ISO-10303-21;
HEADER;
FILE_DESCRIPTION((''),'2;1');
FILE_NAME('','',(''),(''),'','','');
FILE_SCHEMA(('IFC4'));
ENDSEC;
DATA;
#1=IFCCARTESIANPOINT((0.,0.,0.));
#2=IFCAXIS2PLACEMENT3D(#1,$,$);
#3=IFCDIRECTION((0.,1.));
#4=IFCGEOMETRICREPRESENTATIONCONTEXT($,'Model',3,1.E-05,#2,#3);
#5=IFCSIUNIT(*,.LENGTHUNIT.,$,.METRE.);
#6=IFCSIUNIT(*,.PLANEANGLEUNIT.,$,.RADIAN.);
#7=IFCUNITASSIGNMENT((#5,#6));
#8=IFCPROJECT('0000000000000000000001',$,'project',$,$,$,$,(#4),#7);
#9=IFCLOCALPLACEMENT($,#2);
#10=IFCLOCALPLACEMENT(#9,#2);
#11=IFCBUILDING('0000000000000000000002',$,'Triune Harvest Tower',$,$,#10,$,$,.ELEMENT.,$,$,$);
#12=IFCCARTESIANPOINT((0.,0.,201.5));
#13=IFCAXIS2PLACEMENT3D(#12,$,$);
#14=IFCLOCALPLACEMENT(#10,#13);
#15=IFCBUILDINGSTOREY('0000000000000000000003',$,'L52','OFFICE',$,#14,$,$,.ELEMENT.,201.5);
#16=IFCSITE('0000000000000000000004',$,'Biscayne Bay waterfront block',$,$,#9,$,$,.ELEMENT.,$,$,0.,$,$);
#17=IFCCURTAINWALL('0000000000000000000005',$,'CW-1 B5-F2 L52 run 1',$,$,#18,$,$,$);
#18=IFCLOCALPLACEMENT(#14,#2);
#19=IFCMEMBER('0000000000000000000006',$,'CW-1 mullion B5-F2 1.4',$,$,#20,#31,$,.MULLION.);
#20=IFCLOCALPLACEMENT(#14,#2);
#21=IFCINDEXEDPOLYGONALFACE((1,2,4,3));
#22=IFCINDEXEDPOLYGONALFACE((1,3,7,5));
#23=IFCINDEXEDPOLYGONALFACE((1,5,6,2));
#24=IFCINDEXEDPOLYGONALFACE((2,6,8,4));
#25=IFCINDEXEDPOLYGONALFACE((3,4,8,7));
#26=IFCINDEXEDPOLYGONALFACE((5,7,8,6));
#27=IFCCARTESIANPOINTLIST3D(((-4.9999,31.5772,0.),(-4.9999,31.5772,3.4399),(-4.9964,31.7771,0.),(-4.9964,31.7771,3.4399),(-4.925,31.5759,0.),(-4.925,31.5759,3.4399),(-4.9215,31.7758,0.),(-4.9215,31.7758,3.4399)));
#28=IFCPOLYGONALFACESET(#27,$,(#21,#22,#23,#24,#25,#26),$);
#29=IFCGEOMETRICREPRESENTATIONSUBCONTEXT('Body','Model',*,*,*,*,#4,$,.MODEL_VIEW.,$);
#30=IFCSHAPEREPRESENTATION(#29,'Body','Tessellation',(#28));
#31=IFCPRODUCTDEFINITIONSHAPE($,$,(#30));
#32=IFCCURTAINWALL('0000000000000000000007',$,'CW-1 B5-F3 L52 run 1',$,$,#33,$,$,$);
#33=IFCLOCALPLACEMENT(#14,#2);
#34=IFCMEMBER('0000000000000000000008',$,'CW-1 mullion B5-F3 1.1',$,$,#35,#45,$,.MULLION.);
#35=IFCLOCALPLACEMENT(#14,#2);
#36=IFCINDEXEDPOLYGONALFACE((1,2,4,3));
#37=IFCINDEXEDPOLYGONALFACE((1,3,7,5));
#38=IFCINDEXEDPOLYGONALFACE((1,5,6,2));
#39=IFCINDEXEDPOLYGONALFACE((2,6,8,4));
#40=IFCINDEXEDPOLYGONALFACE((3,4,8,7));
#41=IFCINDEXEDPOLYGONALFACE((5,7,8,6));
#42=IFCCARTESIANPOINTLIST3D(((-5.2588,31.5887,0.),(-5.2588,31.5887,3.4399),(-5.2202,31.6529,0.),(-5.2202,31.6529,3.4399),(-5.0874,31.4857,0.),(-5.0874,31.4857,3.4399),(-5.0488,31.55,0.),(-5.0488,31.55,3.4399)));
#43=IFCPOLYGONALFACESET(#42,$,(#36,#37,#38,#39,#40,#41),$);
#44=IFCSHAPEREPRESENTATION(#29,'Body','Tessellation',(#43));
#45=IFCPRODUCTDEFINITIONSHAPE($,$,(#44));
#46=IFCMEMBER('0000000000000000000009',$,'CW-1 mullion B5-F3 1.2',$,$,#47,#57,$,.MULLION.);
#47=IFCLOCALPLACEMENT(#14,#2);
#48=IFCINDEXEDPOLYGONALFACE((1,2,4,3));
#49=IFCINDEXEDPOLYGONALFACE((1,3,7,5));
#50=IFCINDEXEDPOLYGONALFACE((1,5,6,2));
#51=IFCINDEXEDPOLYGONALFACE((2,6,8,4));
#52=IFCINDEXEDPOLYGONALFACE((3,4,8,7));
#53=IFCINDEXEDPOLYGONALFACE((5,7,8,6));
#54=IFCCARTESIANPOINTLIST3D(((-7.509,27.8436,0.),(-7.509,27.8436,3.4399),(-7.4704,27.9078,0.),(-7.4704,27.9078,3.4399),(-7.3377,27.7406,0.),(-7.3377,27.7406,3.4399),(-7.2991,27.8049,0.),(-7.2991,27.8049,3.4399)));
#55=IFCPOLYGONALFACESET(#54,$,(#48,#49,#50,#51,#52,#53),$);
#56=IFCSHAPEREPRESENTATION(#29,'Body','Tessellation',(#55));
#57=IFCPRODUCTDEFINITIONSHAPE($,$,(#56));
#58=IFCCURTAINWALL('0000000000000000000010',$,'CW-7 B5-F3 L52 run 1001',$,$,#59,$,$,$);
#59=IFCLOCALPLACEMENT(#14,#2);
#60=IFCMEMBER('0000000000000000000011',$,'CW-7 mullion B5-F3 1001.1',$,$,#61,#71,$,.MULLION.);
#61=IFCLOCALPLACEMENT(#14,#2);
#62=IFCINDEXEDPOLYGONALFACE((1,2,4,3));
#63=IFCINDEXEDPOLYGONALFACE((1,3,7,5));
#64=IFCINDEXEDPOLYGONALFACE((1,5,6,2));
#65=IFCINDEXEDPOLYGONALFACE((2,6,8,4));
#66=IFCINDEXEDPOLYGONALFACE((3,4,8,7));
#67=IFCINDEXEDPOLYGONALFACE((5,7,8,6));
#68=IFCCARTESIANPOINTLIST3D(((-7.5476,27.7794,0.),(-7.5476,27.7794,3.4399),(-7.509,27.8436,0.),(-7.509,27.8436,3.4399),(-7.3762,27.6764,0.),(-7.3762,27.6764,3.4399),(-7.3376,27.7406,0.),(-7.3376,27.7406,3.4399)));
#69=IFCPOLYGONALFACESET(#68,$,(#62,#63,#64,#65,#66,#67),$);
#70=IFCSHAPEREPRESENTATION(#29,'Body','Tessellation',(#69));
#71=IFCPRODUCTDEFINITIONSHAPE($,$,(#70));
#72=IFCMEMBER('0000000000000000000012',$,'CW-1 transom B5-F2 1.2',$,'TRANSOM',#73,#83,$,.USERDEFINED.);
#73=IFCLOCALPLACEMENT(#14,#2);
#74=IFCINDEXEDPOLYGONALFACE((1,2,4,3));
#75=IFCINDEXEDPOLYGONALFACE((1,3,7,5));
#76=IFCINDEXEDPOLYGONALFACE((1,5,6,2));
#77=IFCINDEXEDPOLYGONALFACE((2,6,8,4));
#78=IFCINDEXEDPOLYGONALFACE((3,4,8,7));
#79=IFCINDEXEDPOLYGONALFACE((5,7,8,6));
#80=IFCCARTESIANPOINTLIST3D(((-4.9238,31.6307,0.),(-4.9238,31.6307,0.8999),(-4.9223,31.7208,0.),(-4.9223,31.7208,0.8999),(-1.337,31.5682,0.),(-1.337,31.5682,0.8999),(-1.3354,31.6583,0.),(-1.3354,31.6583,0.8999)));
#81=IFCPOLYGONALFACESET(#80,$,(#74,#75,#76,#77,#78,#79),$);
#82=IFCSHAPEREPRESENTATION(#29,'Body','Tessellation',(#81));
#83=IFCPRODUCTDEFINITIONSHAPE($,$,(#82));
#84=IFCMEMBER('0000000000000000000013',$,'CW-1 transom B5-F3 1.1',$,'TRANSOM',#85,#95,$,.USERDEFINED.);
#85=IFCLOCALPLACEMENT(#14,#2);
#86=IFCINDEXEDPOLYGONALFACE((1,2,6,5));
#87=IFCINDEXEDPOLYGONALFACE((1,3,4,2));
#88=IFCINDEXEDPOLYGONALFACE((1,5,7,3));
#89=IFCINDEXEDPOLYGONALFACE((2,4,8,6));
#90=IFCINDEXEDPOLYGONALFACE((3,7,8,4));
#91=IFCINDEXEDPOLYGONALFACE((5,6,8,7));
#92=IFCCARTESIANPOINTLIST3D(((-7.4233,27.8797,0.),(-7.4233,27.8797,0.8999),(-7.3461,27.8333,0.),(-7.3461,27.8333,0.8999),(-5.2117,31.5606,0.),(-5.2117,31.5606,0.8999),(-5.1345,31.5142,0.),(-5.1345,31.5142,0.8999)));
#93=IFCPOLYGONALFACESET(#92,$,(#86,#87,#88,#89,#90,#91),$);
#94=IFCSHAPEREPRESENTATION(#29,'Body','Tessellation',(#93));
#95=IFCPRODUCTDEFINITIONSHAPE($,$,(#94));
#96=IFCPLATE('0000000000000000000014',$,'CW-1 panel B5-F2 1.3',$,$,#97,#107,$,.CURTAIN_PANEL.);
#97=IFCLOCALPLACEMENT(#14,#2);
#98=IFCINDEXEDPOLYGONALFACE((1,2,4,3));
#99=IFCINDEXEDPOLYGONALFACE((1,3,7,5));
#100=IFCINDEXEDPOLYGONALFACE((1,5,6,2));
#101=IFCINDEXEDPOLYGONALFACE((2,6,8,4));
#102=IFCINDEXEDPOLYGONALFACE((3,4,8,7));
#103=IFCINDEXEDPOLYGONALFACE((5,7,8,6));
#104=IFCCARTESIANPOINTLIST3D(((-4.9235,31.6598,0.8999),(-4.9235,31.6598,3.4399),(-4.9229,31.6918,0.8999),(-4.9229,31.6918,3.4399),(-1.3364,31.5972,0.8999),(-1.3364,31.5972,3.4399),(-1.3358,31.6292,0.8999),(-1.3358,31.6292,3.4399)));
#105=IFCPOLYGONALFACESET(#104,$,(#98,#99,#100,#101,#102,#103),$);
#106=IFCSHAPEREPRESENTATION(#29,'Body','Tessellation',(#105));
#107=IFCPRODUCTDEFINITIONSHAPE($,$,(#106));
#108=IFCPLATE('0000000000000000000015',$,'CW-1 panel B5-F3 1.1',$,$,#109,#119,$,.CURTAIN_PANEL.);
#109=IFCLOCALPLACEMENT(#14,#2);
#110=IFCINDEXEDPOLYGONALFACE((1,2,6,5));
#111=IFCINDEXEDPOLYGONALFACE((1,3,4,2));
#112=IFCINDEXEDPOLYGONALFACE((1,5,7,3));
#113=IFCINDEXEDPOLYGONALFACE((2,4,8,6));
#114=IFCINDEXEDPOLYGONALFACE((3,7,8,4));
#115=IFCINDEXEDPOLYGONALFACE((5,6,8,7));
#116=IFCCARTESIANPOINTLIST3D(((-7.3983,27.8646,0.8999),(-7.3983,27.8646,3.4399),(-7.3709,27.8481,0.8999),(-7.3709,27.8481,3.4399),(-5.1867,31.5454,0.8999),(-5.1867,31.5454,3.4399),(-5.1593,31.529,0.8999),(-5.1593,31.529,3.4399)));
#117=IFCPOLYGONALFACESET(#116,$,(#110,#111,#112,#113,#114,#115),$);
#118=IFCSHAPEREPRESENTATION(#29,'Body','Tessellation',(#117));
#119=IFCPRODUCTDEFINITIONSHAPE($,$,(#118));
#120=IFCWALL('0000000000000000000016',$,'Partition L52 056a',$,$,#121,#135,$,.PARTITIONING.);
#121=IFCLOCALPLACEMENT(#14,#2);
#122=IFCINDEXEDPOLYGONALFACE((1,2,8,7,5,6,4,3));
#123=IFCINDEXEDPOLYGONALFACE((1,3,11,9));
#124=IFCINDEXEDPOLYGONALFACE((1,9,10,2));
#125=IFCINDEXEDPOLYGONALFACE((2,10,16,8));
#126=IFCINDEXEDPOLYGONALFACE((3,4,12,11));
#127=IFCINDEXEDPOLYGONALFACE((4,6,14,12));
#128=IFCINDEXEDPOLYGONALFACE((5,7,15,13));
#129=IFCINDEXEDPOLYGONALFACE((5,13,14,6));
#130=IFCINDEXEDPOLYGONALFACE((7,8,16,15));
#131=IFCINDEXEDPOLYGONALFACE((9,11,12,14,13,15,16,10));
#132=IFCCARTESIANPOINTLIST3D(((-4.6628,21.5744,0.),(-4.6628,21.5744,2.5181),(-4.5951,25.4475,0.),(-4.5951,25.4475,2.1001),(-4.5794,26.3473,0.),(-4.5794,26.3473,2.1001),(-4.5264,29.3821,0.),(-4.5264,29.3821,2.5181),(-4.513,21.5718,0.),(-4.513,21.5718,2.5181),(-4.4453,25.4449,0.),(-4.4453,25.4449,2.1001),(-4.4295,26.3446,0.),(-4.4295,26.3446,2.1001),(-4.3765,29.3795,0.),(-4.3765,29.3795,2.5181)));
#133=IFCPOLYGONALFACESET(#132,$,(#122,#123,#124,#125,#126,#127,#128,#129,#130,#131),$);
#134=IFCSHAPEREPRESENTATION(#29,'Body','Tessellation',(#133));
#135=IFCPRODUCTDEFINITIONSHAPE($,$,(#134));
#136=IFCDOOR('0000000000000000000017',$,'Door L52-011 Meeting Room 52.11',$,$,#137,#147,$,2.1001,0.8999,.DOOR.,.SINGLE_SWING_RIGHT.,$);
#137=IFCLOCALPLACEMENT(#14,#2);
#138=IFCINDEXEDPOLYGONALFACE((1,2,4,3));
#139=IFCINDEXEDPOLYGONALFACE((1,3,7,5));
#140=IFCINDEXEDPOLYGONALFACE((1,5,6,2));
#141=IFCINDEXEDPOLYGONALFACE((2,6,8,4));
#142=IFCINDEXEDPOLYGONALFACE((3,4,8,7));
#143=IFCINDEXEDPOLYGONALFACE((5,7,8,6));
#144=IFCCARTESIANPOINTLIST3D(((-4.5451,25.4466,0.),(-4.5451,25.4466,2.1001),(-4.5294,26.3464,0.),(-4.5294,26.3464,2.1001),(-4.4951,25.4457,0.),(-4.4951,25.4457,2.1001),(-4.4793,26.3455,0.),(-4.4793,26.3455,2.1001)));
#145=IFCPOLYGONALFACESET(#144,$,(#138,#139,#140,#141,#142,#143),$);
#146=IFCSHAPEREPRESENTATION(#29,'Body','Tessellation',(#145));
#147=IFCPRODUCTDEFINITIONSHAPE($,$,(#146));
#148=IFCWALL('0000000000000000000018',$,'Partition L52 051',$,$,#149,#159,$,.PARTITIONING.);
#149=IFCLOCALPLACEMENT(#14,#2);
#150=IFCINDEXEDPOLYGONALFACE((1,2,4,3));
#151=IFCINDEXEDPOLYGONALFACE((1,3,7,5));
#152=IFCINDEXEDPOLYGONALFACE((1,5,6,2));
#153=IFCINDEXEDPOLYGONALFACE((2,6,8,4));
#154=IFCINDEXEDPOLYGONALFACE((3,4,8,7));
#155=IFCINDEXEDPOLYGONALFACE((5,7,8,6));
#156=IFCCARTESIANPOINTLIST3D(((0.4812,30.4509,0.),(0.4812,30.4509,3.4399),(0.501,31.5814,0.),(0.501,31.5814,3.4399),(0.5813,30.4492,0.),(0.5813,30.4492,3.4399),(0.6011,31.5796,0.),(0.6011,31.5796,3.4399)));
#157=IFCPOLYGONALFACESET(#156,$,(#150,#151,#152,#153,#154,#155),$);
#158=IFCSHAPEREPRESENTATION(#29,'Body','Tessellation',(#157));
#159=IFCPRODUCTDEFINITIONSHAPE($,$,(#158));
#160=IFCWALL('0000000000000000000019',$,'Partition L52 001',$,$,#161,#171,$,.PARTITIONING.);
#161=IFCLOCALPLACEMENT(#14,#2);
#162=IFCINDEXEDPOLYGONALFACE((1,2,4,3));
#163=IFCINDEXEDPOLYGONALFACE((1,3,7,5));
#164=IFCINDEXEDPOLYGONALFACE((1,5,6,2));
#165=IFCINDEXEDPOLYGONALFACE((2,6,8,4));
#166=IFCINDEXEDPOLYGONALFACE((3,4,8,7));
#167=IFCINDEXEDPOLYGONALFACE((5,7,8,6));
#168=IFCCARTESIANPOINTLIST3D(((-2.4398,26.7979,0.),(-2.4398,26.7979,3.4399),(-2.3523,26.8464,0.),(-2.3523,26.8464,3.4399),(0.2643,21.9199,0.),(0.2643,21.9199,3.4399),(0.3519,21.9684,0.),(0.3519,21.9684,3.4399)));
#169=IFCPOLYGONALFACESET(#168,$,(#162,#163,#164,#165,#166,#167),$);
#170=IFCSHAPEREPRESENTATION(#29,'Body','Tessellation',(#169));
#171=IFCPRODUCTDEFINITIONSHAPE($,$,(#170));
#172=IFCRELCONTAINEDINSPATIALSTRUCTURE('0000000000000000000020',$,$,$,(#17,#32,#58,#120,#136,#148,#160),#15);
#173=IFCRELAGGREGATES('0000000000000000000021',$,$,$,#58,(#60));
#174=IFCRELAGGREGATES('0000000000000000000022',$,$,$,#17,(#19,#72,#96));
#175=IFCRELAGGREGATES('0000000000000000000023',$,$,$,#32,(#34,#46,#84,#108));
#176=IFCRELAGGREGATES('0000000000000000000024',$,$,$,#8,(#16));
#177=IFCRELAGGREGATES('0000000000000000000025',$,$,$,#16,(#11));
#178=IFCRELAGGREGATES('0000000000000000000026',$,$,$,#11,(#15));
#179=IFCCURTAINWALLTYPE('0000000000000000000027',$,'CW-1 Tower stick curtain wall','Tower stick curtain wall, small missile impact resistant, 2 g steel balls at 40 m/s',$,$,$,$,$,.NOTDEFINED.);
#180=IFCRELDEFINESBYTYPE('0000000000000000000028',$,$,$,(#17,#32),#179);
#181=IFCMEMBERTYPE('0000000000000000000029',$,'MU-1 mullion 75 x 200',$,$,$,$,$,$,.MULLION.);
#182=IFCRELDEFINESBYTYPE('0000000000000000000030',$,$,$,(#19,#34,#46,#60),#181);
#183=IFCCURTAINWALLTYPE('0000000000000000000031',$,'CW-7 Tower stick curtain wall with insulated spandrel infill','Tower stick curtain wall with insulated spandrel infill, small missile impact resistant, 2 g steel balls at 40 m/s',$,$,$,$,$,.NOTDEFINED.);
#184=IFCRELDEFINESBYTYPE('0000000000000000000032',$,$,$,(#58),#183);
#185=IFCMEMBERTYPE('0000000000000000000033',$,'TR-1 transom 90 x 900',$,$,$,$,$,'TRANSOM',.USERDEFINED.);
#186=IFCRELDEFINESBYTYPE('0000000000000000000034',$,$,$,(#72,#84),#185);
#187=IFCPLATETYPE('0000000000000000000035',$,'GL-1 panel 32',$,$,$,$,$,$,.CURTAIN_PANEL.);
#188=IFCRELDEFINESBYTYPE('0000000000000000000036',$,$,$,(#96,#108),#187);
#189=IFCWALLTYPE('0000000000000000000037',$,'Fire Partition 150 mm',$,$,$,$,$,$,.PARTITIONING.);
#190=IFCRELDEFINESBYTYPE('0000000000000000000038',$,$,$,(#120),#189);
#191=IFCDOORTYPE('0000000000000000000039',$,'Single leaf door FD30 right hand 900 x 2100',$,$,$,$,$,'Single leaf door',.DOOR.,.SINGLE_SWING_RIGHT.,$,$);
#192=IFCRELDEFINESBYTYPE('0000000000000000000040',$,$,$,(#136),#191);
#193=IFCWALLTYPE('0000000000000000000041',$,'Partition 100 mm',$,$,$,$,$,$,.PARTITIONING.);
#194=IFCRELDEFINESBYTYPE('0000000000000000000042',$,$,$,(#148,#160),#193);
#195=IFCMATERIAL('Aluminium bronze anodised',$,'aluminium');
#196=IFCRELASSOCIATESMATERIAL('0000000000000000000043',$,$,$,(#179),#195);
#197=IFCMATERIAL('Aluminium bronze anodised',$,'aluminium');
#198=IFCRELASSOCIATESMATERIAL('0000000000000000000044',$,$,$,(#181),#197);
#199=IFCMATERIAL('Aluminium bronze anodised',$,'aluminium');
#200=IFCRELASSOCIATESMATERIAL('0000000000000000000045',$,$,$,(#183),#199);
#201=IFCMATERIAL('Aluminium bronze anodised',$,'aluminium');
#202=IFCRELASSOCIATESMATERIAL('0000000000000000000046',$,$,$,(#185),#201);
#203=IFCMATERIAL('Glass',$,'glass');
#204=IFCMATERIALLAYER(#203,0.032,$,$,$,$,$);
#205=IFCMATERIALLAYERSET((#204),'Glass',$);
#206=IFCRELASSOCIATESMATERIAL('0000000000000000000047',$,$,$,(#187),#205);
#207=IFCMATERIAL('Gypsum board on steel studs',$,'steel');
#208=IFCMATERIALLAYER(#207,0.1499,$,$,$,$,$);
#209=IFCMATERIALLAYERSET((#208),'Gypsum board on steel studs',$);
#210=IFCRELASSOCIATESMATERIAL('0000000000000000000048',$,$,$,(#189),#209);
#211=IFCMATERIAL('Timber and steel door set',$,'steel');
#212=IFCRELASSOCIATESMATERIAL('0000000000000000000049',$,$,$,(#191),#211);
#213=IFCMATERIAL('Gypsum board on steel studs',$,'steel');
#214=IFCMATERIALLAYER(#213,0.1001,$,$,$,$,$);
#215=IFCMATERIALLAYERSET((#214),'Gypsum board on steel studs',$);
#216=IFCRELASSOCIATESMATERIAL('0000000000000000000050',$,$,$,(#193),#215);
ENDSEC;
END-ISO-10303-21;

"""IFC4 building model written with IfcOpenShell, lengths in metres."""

from ifc_helpers import new_model, si_unit, direction, frame, frame_2d, origin, origin_2d, place, context, subcontext, project, spatial, rectangle, extrude, source, transform, mapped, material, layer, layer_set, material_profile, profile_set, type_object, element, fill, aggregate, save


model = new_model("IFC4")

# Units and contexts
model_context = context("Model", 3, precision=1e-05, world=origin(), true_north=direction((0.0, 1.0)))
body_context = subcontext(model_context, "Body", "Model", "MODEL_VIEW")
ifc_project = project(units=[si_unit("LENGTHUNIT", "METRE"), si_unit("PLANEANGLEUNIT", "RADIAN")], contexts=[model_context])

# Site, building, storey
site_placement = place(None, origin())
site = spatial("IfcSite", under=ifc_project, at=site_placement, Name="Biscayne Bay waterfront block", CompositionType="ELEMENT", RefElevation=0.0)
building_placement = place(site_placement, origin())
building = spatial("IfcBuilding", under=site, at=building_placement, Name="Triune Harvest Tower", CompositionType="ELEMENT")
storey_placement = place(building_placement, frame((0.0, 0.0, 201.5)))
storey = spatial("IfcBuildingStorey", under=building, at=storey_placement, Name="L52", Description="OFFICE", CompositionType="ELEMENT", Elevation=201.5)

# Curtain walls, members
ifc_material_1 = material(Name="Aluminium bronze anodised", Category="aluminium")
curtain_wall_type_1 = type_object("IfcCurtainWallType", Name="CW-1 Tower stick curtain wall", Description="Tower stick curtain wall, small missile impact resistant, 2 g steel balls at 40 m/s", PredefinedType="NOTDEFINED", material=ifc_material_1)
curtain_wall_1_placement = place(storey_placement, origin())
curtain_wall_1 = element("IfcCurtainWall", 1, at=curtain_wall_1_placement, inside=storey, type_object=curtain_wall_type_1, Name="CW-1 B5-F2 L52 run 1")
ifc_material_2 = material(Name="Aluminium bronze anodised", Category="aluminium")
ifc_material_profile_1 = material_profile(ifc_material_2, rectangle(XDim=0.2, YDim=0.075, at=origin_2d()), Name="MU-1 mullion 75 x 200")
ifc_profile_set_1 = profile_set([ifc_material_profile_1], Name="Aluminium bronze anodised")
member_type_1 = type_object("IfcMemberType", Name="MU-1 mullion 75 x 200", PredefinedType="MULLION", material=ifc_profile_set_1)
shared_shape_1 = source(origin(), body_context, "Body", "SweptSolid", [
    extrude(rectangle(XDim=0.2, YDim=0.075, at=origin_2d()), origin(), (0.0, 0.0, 1.0), 3.4399),
])
member_1_placement = place(storey_placement, frame((-4.9607, 31.6765, 0.0), z_axis=(0.0, 0.0, 1.0), x_axis=(-0.017446, -0.999848, 0.0)))
member_1 = element("IfcMember", 2, at=member_1_placement, type_object=member_type_1, Name="CW-1 mullion B5-F2 1.4", PredefinedType="MULLION", context=body_context, shape_type="MappedRepresentation", body=[
    mapped(shared_shape_1, transform((0.0, 0.0, 0.0), scale=1.0)),
])
curtain_wall_2_placement = place(storey_placement, origin())
curtain_wall_2 = element("IfcCurtainWall", 3, at=curtain_wall_2_placement, inside=storey, type_object=curtain_wall_type_1, Name="CW-1 B5-F3 L52 run 1")
member_2_placement = place(storey_placement, frame((-5.1538, 31.5693, 0.0), z_axis=(0.0, 0.0, 1.0), x_axis=(0.857168, -0.515037, 0.0)))
member_2 = element("IfcMember", 4, at=member_2_placement, type_object=member_type_1, Name="CW-1 mullion B5-F3 1.1", PredefinedType="MULLION", context=body_context, shape_type="MappedRepresentation", body=[
    mapped(shared_shape_1, transform((0.0, 0.0, 0.0), scale=1.0)),
])
member_3_placement = place(storey_placement, frame((-7.4041, 27.8242, 0.0), z_axis=(0.0, 0.0, 1.0), x_axis=(0.857168, -0.515037, 0.0)))
member_3 = element("IfcMember", 5, at=member_3_placement, type_object=member_type_1, Name="CW-1 mullion B5-F3 1.2", PredefinedType="MULLION", context=body_context, shape_type="MappedRepresentation", body=[
    mapped(shared_shape_1, transform((0.0, 0.0, 0.0), scale=1.0)),
])

# Curtain wall, member
ifc_material_3 = material(Name="Aluminium bronze anodised", Category="aluminium")
curtain_wall_type_2 = type_object("IfcCurtainWallType", Name="CW-7 Tower stick curtain wall with insulated spandrel infill", Description="Tower stick curtain wall with insulated spandrel infill, small missile impact resistant, 2 g steel balls at 40 m/s", PredefinedType="NOTDEFINED", material=ifc_material_3)
curtain_wall_3_placement = place(storey_placement, origin())
curtain_wall_3 = element("IfcCurtainWall", 6, at=curtain_wall_3_placement, inside=storey, type_object=curtain_wall_type_2, Name="CW-7 B5-F3 L52 run 1001")
member_4_placement = place(storey_placement, frame((-7.4426, 27.76, 0.0), z_axis=(0.0, 0.0, 1.0), x_axis=(0.857166, -0.515039, 0.0)))
member_4 = element("IfcMember", 7, at=member_4_placement, type_object=member_type_1, Name="CW-7 mullion B5-F3 1001.1", PredefinedType="MULLION", context=body_context, shape_type="MappedRepresentation", body=[
    mapped(shared_shape_1, transform((0.0, 0.0, 0.0), scale=1.0)),
])
aggregate(curtain_wall_3, [member_4])

# Members
ifc_material_4 = material(Name="Aluminium bronze anodised", Category="aluminium")
ifc_material_profile_2 = material_profile(ifc_material_4, rectangle(XDim=0.0901, YDim=0.8999, at=origin_2d()), Name="TR-1 transom 90 x 900")
ifc_profile_set_2 = profile_set([ifc_material_profile_2], Name="Aluminium bronze anodised")
member_type_2 = type_object("IfcMemberType", Name="TR-1 transom 90 x 900", ElementType="TRANSOM", PredefinedType="USERDEFINED", material=ifc_profile_set_2)
shared_shape_2 = source(origin(), body_context, "Body", "SweptSolid", [
    extrude(rectangle(XDim=0.0901, YDim=0.8999, at=origin_2d()), origin(), (0.0, 0.0, 1.0), 3.5874),
])
member_5_placement = place(storey_placement, frame((-1.3362, 31.6133, 0.45), z_axis=(-0.999848, 0.017422, 0.0), x_axis=(-0.017422, -0.999848, 0.0)))
member_5 = element("IfcMember", 8, at=member_5_placement, type_object=member_type_2, Name="CW-1 transom B5-F2 1.2", ObjectType="TRANSOM", PredefinedType="USERDEFINED", context=body_context, shape_type="MappedRepresentation", body=[
    mapped(shared_shape_2, transform((0.0, 0.0, 0.0), scale=1.0)),
])
shared_shape_3 = source(origin(), body_context, "Body", "SweptSolid", [
    extrude(rectangle(XDim=0.0901, YDim=0.8999, at=origin_2d()), origin(), (0.0, 0.0, 1.0), 4.2942),
])
member_6_placement = place(storey_placement, frame((-5.1731, 31.5374, 0.45), z_axis=(-0.515031, -0.857172, 0.0), x_axis=(0.857172, -0.515031, 0.0)))
member_6 = element("IfcMember", 9, at=member_6_placement, type_object=member_type_2, Name="CW-1 transom B5-F3 1.1", ObjectType="TRANSOM", PredefinedType="USERDEFINED", context=body_context, shape_type="MappedRepresentation", body=[
    mapped(shared_shape_3, transform((0.0, 0.0, 0.0), scale=1.0)),
])

# Plates
ifc_material_5 = material(Name="Glass", Category="glass")
ifc_layer_1 = layer(ifc_material_5, 0.032)
ifc_layer_set_1 = layer_set([ifc_layer_1], Name="Glass")
plate_type = type_object("IfcPlateType", Name="GL-1 panel 32", PredefinedType="CURTAIN_PANEL", material=ifc_layer_set_1)
shared_shape_4 = source(origin(), body_context, "Body", "SweptSolid", [
    extrude(rectangle(XDim=3.5876, YDim=0.032, at=origin_2d()), origin(), (0.0, 0.0, 1.0), 2.54),
])
plate_1_placement = place(storey_placement, frame((-3.1296, 31.6445, 0.8999), z_axis=(0.0, 0.0, 1.0), x_axis=(-0.999848, 0.017446, 0.0)))
plate_1 = element("IfcPlate", 10, at=plate_1_placement, type_object=plate_type, Name="CW-1 panel B5-F2 1.3", PredefinedType="CURTAIN_PANEL", context=body_context, shape_type="MappedRepresentation", body=[
    mapped(shared_shape_4, transform((0.0, 0.0, 0.0), scale=1.0)),
])
aggregate(curtain_wall_1, [member_1, member_5, plate_1])
shared_shape_5 = source(origin(), body_context, "Body", "SweptSolid", [
    extrude(rectangle(XDim=4.2942, YDim=0.032, at=origin_2d()), origin(), (0.0, 0.0, 1.0), 2.54),
])
plate_2_placement = place(storey_placement, frame((-6.2788, 29.6968, 0.8999), z_axis=(0.0, 0.0, 1.0), x_axis=(-0.515037, -0.857168, 0.0)))
plate_2 = element("IfcPlate", 11, at=plate_2_placement, type_object=plate_type, Name="CW-1 panel B5-F3 1.1", PredefinedType="CURTAIN_PANEL", context=body_context, shape_type="MappedRepresentation", body=[
    mapped(shared_shape_5, transform((0.0, 0.0, 0.0), scale=1.0)),
])
aggregate(curtain_wall_2, [member_2, member_3, member_6, plate_2])

# Wall, opening, door
ifc_material_6 = material(Name="Gypsum board on steel studs", Category="steel")
ifc_layer_2 = layer(ifc_material_6, 0.1499)
ifc_layer_set_2 = layer_set([ifc_layer_2], Name="Gypsum board on steel studs")
wall_type_1 = type_object("IfcWallType", Name="Fire Partition 150 mm", PredefinedType="PARTITIONING", material=ifc_layer_set_2)
wall_1_placement = place(storey_placement, frame((-4.5879, 21.5732, 0.0), z_axis=(0.0, 0.0, 1.0), x_axis=(0.017477, 0.999847, 0.0)))
wall_1 = element("IfcWall", 12, at=wall_1_placement, inside=storey, type_object=wall_type_1, Name="Partition L52 056a", PredefinedType="PARTITIONING", context=body_context, shape_type="SweptSolid", body=[
    extrude(rectangle(XDim=7.8088, YDim=0.1499, at=frame_2d((3.9043, 0.0))), origin(), (0.0, 0.0, 1.0), 2.5181),
])
opening_1_placement = place(wall_1_placement, frame((3.8735, 0.0, 0.0)))
opening_1 = element("IfcOpeningElement", 13, at=opening_1_placement, cuts=wall_1, PredefinedType="OPENING", context=body_context, shape_type="SweptSolid", body=[
    extrude(rectangle(XDim=0.8999, YDim=2.1001, at=frame_2d((0.45, 1.05))), frame((0.0, 0.085, 0.0), z_axis=(0.0, -1.0, 0.0), x_axis=(1.0, 0.0, 0.0)), (0.0, 0.0, 1.0), 0.1699),
])
ifc_material_7 = material(Name="Timber and steel door set", Category="steel")
door_type_1 = type_object("IfcDoorType", Name="Single leaf door FD30 right hand 900 x 2100", ElementType="Single leaf door", OperationType="SINGLE_SWING_RIGHT", PredefinedType="DOOR", material=ifc_material_7)
door_1_placement = place(opening_1_placement, origin())
door_1 = element("IfcDoor", 14, at=door_1_placement, inside=storey, type_object=door_type_1, Name="Door L52-011 Meeting Room 52.11", OperationType="SINGLE_SWING_RIGHT", OverallHeight=2.1001, OverallWidth=0.8999, PredefinedType="DOOR", context=body_context, shape_type="SweptSolid", body=[
    extrude(rectangle(XDim=0.8999, YDim=2.1001, at=frame_2d((0.45, 1.05))), frame((0.0, 0.0249, 0.0), z_axis=(0.0, -1.0, 0.0), x_axis=(1.0, 0.0, 0.0)), (0.0, 0.0, 1.0), 0.05),
])
fill(opening_1, door_1)

# Walls
ifc_material_8 = material(Name="Gypsum board on steel studs", Category="steel")
ifc_layer_3 = layer(ifc_material_8, 0.1001)
ifc_layer_set_3 = layer_set([ifc_layer_3], Name="Gypsum board on steel studs")
wall_type_2 = type_object("IfcWallType", Name="Partition 100 mm", PredefinedType="PARTITIONING", material=ifc_layer_set_3)
shared_shape_6 = source(origin(), body_context, "Body", "SweptSolid", [
    extrude(rectangle(XDim=1.1306, YDim=0.1001, at=frame_2d((0.5654, 0.0))), origin(), (0.0, 0.0, 1.0), 3.4399),
])
wall_2_placement = place(storey_placement, frame((0.5312, 30.45, 0.0), z_axis=(0.0, 0.0, 1.0), x_axis=(0.017492, 0.999847, 0.0)))
element("IfcWall", 15, at=wall_2_placement, inside=storey, type_object=wall_type_2, Name="Partition L52 051", PredefinedType="PARTITIONING", context=body_context, shape_type="MappedRepresentation", body=[
    mapped(shared_shape_6, transform((0.0, 0.0, 0.0), scale=1.0)),
])
shared_shape_7 = source(origin(), body_context, "Body", "SweptSolid", [
    extrude(rectangle(XDim=5.5774, YDim=0.1001, at=frame_2d((2.7886, 0.0))), origin(), (0.0, 0.0, 1.0), 3.4399),
])
wall_3_placement = place(storey_placement, frame((-2.396, 26.822, 0.0), z_axis=(0.0, 0.0, 1.0), x_axis=(0.48484, -0.874603, 0.0)))
element("IfcWall", 16, at=wall_3_placement, inside=storey, type_object=wall_type_2, Name="Partition L52 001", PredefinedType="PARTITIONING", context=body_context, shape_type="MappedRepresentation", body=[
    mapped(shared_shape_7, transform((0.0, 0.0, 0.0), scale=1.0)),
])

save(model, "model.ifc")
